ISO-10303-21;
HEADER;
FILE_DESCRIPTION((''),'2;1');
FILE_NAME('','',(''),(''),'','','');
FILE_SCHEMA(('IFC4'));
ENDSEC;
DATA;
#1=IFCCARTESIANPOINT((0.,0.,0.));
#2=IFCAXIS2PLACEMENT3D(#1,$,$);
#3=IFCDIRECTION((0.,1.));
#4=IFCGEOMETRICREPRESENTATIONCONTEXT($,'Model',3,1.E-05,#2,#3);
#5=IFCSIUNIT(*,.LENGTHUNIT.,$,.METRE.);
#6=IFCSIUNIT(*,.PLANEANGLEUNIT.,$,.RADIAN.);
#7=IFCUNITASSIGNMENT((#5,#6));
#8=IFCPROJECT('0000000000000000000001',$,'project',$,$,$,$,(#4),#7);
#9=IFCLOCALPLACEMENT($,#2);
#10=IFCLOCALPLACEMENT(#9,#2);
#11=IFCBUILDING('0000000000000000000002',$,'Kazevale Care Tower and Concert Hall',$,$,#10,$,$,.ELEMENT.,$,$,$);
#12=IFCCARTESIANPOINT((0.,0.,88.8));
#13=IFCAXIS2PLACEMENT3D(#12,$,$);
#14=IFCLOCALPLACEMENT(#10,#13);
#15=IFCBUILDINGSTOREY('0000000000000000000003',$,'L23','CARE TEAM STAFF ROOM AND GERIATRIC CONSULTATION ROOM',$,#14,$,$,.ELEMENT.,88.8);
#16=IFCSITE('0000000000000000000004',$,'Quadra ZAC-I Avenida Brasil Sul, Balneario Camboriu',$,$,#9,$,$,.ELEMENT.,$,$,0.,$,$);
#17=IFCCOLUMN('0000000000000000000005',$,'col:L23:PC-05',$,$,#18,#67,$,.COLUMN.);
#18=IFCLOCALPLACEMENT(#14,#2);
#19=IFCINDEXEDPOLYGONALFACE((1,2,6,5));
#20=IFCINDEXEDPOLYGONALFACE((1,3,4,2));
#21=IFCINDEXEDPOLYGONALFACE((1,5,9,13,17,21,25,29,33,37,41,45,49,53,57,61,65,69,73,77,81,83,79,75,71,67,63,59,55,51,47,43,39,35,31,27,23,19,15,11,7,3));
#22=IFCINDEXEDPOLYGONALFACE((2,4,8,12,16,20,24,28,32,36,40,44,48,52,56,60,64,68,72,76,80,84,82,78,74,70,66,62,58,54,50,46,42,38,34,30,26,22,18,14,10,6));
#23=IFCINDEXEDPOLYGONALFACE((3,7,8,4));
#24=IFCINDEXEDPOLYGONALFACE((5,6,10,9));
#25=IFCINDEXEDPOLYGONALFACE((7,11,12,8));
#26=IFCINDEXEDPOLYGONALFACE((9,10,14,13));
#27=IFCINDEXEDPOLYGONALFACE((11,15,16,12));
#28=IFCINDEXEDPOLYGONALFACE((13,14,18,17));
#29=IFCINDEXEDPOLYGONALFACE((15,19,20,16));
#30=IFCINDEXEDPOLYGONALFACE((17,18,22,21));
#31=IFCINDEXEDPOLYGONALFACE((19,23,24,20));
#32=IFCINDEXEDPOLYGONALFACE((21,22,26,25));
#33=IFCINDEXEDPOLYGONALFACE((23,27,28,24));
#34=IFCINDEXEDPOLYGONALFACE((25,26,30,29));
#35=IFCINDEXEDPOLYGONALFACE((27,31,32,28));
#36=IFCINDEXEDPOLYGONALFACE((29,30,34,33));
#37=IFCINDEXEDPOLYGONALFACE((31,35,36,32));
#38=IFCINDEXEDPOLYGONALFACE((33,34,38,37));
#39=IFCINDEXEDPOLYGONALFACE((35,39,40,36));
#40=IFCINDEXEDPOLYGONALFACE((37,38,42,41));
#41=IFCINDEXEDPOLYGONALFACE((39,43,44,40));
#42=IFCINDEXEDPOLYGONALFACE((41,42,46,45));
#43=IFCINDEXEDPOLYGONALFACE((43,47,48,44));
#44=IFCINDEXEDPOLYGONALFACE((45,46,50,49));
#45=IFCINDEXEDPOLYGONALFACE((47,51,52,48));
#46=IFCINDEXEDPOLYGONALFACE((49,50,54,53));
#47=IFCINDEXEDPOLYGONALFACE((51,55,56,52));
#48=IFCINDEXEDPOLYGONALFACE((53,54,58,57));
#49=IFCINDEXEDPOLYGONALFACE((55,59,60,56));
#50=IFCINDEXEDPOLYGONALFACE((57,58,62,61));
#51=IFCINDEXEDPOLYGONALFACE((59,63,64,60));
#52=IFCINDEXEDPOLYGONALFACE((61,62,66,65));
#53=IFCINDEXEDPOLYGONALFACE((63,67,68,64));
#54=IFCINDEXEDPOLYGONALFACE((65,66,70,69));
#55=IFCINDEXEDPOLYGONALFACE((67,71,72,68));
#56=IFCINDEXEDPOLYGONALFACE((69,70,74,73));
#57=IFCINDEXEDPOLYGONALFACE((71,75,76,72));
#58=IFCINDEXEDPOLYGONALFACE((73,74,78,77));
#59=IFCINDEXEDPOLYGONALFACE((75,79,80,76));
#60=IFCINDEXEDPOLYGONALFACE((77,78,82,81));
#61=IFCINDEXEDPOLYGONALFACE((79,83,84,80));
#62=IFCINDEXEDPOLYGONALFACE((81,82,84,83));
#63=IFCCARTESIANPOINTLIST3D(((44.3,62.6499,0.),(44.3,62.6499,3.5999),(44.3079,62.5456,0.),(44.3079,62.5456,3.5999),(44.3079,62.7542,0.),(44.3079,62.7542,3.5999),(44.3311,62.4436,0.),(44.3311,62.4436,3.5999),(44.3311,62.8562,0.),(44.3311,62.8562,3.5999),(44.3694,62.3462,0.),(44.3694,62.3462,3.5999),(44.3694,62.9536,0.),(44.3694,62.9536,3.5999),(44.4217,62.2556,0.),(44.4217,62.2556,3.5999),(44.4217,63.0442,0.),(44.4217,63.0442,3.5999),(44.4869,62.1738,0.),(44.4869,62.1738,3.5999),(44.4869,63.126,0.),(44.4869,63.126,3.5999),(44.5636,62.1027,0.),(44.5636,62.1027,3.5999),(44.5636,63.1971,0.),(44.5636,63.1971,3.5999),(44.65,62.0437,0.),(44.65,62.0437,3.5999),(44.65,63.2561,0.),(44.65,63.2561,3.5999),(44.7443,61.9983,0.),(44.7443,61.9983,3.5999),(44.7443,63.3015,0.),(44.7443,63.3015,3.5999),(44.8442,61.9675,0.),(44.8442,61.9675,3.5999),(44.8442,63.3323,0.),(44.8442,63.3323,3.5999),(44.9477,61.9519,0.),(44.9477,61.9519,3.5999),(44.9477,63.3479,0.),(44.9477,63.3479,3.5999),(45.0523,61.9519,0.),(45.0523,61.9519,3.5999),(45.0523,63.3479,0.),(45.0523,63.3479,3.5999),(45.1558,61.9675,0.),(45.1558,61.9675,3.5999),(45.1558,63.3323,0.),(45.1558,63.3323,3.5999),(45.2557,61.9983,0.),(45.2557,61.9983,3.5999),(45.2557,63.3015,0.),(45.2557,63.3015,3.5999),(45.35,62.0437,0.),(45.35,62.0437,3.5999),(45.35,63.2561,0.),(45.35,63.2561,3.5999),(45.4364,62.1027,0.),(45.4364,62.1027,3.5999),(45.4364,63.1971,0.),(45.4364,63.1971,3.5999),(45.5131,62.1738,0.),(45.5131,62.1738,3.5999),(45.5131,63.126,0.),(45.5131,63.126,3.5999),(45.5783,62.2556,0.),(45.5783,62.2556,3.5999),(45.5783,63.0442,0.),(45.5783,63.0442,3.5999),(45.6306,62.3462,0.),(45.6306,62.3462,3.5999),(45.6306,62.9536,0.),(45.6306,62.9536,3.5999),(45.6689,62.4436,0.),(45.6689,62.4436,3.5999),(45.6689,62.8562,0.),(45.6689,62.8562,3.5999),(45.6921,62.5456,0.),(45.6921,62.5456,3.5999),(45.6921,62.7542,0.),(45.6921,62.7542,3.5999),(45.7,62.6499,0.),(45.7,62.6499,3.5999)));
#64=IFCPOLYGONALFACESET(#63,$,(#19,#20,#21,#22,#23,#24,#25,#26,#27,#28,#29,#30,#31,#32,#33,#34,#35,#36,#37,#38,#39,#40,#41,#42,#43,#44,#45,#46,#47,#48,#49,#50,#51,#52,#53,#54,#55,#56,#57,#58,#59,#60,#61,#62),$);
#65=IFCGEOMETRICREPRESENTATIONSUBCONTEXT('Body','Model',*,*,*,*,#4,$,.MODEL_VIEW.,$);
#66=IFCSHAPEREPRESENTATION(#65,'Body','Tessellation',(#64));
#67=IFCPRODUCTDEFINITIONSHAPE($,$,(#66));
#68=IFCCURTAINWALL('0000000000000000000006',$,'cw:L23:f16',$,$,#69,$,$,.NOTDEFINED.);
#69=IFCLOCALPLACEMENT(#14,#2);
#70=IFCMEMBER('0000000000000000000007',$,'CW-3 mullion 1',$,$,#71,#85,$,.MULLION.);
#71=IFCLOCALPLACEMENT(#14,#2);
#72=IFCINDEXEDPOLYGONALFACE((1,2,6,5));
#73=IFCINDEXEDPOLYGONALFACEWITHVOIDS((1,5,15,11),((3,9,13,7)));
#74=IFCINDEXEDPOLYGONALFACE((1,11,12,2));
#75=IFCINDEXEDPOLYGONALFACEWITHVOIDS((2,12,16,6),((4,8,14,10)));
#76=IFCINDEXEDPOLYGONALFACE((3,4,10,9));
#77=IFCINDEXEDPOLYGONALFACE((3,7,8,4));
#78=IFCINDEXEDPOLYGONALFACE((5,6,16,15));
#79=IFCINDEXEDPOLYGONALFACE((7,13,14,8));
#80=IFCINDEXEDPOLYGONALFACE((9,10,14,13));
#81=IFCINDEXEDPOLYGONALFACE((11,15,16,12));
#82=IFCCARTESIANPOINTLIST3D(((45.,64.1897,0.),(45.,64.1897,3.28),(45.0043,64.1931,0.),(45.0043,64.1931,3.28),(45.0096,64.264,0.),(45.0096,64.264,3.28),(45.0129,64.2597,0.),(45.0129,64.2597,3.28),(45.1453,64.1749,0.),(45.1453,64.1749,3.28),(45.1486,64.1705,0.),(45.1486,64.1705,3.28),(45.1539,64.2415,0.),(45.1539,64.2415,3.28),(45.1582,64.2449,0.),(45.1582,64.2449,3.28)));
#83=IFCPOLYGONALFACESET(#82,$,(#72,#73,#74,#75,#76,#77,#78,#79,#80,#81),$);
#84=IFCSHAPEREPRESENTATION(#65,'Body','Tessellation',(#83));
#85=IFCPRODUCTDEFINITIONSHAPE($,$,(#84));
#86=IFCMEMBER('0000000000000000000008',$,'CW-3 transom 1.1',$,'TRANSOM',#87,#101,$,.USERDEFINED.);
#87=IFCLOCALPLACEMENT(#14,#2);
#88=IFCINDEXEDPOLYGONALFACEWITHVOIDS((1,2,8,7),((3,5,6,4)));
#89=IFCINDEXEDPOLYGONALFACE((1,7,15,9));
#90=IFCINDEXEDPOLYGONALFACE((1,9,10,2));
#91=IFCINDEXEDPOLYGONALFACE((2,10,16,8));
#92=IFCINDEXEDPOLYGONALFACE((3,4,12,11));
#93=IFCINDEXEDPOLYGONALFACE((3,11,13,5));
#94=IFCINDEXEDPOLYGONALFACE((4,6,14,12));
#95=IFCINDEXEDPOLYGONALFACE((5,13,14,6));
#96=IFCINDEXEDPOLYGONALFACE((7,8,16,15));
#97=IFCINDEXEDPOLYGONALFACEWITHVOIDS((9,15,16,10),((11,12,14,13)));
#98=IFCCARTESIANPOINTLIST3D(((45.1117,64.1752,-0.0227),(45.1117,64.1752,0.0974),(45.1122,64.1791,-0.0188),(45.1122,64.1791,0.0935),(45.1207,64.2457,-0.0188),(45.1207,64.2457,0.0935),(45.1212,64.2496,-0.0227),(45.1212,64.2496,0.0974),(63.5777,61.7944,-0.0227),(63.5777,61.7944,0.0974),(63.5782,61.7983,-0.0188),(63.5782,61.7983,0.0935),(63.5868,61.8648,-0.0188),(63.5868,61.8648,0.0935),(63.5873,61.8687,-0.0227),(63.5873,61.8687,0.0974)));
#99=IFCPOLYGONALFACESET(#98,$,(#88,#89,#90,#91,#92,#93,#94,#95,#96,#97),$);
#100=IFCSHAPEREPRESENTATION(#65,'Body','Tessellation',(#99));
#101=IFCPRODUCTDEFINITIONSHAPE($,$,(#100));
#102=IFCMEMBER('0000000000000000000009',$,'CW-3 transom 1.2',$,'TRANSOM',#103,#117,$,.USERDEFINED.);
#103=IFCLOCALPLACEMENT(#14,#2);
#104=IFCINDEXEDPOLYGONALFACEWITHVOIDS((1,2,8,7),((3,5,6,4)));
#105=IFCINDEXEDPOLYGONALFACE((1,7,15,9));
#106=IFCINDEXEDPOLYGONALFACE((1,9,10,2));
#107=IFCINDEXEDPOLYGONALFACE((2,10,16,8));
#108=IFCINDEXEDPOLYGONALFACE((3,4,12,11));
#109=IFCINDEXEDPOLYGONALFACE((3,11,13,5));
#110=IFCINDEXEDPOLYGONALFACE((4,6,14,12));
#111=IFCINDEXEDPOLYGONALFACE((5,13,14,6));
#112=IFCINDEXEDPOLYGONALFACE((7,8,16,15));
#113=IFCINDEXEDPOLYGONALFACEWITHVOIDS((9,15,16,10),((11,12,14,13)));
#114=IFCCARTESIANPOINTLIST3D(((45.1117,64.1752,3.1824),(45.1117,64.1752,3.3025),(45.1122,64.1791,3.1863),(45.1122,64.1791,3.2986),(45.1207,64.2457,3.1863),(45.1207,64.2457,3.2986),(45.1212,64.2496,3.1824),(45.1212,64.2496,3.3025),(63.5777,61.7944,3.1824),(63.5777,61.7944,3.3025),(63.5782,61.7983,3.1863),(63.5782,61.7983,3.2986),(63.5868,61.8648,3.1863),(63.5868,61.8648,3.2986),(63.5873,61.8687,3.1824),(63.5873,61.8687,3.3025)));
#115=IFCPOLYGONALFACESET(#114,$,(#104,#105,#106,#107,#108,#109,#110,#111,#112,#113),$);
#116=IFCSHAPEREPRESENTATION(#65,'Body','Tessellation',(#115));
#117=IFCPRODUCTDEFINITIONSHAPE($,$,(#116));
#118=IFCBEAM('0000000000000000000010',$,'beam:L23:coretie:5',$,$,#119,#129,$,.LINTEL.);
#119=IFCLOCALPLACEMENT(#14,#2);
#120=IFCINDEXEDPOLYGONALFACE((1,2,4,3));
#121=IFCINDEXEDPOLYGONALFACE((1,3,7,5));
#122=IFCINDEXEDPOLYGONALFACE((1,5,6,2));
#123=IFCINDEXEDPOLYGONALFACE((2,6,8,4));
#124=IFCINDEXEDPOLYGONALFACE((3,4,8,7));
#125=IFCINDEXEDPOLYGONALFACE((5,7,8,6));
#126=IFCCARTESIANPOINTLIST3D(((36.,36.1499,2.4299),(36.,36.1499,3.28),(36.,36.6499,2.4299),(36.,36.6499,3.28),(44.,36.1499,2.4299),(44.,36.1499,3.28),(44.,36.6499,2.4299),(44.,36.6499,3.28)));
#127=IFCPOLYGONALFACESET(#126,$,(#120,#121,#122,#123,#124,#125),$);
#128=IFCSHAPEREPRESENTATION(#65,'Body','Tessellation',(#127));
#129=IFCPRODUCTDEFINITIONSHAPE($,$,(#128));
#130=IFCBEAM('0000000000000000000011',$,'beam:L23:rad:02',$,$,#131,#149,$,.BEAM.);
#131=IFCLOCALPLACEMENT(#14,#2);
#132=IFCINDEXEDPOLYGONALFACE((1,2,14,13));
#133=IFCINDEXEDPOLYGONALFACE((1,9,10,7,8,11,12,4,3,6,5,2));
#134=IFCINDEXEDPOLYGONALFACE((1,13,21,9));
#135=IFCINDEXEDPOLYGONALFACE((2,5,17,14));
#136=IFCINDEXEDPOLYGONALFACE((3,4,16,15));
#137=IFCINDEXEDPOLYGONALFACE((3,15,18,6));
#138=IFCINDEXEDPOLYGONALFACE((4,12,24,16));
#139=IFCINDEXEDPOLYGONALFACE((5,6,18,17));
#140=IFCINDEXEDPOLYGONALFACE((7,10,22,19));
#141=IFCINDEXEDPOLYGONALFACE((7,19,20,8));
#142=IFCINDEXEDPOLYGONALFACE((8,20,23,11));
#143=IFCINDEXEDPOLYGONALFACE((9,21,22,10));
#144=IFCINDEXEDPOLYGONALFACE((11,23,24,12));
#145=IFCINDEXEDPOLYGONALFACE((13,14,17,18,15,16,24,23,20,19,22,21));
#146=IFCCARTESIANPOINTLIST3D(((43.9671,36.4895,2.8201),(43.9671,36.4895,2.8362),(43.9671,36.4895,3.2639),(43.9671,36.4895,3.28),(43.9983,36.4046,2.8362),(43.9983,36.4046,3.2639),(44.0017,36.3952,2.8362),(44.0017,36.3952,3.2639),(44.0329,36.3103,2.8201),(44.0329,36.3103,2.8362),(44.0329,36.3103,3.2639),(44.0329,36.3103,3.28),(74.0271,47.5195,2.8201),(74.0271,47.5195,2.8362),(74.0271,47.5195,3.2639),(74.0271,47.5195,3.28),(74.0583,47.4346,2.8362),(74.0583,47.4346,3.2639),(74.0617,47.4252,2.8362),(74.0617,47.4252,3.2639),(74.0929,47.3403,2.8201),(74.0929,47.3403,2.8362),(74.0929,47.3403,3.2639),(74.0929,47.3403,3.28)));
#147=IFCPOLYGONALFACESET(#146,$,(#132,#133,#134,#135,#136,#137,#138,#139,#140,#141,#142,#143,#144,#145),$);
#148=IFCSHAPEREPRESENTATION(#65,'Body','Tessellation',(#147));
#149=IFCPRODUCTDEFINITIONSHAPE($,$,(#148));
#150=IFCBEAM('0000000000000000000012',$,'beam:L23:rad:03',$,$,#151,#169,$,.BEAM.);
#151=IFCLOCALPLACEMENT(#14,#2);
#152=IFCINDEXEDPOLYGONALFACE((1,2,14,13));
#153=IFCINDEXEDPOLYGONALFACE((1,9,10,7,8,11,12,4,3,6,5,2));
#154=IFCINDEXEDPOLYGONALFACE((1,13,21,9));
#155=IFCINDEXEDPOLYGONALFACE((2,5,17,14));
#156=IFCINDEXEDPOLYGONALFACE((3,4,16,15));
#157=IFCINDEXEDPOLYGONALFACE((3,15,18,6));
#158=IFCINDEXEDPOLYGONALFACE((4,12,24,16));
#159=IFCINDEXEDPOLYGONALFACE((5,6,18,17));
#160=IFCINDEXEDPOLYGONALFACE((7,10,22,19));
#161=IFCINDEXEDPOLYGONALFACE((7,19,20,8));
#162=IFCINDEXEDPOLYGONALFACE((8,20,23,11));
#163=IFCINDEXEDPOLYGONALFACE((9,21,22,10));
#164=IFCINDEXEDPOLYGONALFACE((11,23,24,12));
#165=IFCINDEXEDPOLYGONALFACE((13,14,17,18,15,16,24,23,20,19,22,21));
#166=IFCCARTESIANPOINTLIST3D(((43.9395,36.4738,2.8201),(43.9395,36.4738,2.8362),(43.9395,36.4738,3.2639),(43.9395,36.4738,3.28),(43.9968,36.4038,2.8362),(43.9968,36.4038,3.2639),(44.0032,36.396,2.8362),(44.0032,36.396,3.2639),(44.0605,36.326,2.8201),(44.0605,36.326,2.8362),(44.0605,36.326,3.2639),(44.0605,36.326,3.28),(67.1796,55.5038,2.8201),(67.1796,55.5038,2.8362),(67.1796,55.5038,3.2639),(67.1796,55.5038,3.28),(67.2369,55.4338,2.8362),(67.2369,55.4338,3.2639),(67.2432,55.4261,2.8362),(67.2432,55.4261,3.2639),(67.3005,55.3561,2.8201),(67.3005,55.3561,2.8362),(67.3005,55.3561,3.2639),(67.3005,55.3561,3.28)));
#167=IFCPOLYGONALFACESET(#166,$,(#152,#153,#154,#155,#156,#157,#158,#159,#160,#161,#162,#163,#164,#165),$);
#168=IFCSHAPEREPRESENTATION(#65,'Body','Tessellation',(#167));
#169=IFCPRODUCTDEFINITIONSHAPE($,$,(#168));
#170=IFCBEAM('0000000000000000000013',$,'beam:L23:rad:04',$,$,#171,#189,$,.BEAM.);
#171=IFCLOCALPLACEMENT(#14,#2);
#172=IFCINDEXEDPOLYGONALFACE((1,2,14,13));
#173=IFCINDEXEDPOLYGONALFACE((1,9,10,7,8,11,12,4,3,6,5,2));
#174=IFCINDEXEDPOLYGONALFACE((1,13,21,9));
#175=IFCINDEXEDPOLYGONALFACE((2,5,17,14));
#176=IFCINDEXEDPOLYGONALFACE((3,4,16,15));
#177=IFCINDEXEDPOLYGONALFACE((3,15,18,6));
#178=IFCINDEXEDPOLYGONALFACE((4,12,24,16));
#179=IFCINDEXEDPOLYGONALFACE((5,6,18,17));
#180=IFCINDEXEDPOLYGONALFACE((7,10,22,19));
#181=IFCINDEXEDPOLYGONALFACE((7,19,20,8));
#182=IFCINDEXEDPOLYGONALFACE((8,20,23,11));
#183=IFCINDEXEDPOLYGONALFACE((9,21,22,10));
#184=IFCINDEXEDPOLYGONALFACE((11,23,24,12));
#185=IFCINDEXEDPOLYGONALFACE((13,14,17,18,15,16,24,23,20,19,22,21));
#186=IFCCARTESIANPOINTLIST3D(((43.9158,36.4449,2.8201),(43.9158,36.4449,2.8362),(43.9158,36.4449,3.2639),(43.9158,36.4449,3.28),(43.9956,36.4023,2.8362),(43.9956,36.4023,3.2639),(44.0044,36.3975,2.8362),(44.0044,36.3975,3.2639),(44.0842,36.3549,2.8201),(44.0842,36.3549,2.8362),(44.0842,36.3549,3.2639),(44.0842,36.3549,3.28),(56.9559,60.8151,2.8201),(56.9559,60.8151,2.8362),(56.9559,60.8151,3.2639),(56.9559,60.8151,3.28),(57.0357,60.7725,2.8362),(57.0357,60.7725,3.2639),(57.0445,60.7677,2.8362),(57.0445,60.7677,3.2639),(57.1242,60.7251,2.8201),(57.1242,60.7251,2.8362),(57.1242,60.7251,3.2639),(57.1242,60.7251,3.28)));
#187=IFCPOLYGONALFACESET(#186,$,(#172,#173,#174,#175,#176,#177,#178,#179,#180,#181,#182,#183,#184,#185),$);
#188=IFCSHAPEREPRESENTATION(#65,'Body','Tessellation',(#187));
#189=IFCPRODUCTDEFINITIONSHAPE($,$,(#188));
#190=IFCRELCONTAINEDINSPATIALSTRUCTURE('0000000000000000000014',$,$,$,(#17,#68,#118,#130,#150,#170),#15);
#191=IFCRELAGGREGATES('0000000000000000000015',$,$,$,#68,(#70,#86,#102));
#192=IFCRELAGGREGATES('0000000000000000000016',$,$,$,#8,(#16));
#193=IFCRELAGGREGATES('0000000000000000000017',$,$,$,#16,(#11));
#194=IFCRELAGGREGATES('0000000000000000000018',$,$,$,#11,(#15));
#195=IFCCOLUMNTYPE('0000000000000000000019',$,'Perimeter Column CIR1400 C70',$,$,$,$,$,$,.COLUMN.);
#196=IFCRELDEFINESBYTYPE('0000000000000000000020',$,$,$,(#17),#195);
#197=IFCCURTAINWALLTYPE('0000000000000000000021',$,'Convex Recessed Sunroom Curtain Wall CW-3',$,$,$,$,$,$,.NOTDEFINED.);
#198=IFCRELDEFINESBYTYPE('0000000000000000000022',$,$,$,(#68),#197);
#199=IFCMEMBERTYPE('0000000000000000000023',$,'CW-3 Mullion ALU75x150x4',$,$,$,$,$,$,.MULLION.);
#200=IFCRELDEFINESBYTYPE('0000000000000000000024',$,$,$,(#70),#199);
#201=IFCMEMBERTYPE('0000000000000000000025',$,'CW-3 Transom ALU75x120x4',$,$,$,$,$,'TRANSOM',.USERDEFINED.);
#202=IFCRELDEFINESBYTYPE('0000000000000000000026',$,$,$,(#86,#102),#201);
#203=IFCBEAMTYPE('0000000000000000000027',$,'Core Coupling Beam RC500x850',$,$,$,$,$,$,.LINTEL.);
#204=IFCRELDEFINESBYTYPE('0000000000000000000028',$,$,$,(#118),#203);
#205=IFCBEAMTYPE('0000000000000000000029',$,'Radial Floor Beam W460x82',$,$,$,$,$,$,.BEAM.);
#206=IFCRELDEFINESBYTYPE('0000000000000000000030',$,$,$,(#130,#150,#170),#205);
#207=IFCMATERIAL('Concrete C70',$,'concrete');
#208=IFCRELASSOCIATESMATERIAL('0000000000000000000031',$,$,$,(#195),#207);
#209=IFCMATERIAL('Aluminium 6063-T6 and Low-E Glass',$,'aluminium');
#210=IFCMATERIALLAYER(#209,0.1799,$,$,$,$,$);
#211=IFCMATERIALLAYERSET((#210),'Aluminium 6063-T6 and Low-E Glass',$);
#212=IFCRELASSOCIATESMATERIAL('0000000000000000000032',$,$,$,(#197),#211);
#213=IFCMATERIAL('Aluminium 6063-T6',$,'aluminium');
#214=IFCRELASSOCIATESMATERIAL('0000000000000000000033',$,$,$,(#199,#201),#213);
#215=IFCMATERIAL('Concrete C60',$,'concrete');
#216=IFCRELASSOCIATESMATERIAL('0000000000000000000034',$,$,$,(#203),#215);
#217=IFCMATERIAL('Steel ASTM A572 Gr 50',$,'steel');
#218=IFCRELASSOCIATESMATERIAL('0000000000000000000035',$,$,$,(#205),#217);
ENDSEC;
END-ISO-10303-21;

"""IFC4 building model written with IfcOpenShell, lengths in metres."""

from ifc_helpers import new_model, si_unit, direction, frame, origin, origin_2d, place, context, subcontext, project, spatial, rectangle, hollow_rectangle, circle, i_section, extrude, material, layer, layer_set, material_profile, profile_set, type_object, element, aggregate, save


model = new_model("IFC4")

# Units and contexts
model_context = context("Model", 3, precision=1e-05, world=origin(), true_north=direction((0.0, 1.0)))
body_context = subcontext(model_context, "Body", "Model", "MODEL_VIEW")
ifc_project = project(units=[si_unit("LENGTHUNIT", "METRE"), si_unit("PLANEANGLEUNIT", "RADIAN")], contexts=[model_context])

# Site, building, storey
site_placement = place(None, origin())
site = spatial("IfcSite", under=ifc_project, at=site_placement, Name="Quadra ZAC-I Avenida Brasil Sul, Balneario Camboriu", CompositionType="ELEMENT", RefElevation=0.0)
building_placement = place(site_placement, origin())
building = spatial("IfcBuilding", under=site, at=building_placement, Name="Kazevale Care Tower and Concert Hall", CompositionType="ELEMENT")
storey_placement = place(building_placement, frame((0.0, 0.0, 88.8)))
storey = spatial("IfcBuildingStorey", under=building, at=storey_placement, Name="L23", Description="CARE TEAM STAFF ROOM AND GERIATRIC CONSULTATION ROOM", CompositionType="ELEMENT", Elevation=88.8)

# Column
ifc_material_1 = material(Name="Concrete C70", Category="concrete")
ifc_material_profile_1 = material_profile(ifc_material_1, circle(Radius=0.7, at=origin_2d()), Name="RC-CIR1400")
ifc_profile_set_1 = profile_set([ifc_material_profile_1], Name="Concrete C70")
column_type = type_object("IfcColumnType", Name="Perimeter Column CIR1400 C70", PredefinedType="COLUMN", material=ifc_profile_set_1)
column_placement = place(storey_placement, frame((45.0, 62.6499, 0.0), z_axis=(0.0, 0.0, 1.0), x_axis=(1.0, 0.0, 0.0)))
element("IfcColumn", 1, at=column_placement, inside=storey, type_object=column_type, Name="col:L23:PC-05", PredefinedType="COLUMN", context=body_context, shape_type="SweptSolid", body=[
    extrude(circle(Radius=0.7, at=origin_2d()), origin(), (0.0, 0.0, 1.0), 3.5999),
])

# Curtain wall, members
ifc_material_2 = material(Name="Aluminium 6063-T6 and Low-E Glass", Category="aluminium")
ifc_layer_1 = layer(ifc_material_2, 0.1799)
ifc_layer_set_1 = layer_set([ifc_layer_1], Name="Aluminium 6063-T6 and Low-E Glass")
curtain_wall_type = type_object("IfcCurtainWallType", Name="Convex Recessed Sunroom Curtain Wall CW-3", PredefinedType="NOTDEFINED", material=ifc_layer_set_1)
curtain_wall_placement = place(storey_placement, origin())
curtain_wall = element("IfcCurtainWall", 2, at=curtain_wall_placement, inside=storey, type_object=curtain_wall_type, Name="cw:L23:f16", PredefinedType="NOTDEFINED")
ifc_material_3 = material(Name="Aluminium 6063-T6", Category="aluminium")
ifc_material_profile_2 = material_profile(ifc_material_3, hollow_rectangle(XDim=0.075, YDim=0.1499, WallThickness=0.0039, at=origin_2d()), Name="ALU75x150x4")
ifc_profile_set_2 = profile_set([ifc_material_profile_2], Name="Aluminium 6063-T6")
member_type_1 = type_object("IfcMemberType", Name="CW-3 Mullion ALU75x150x4", PredefinedType="MULLION", material=ifc_profile_set_2)
member_1_placement = place(storey_placement, frame((45.0791, 64.2173, 0.0), z_axis=(0.0, 0.0, 1.0), x_axis=(0.12787, 0.991791, 0.0)))
member_1 = element("IfcMember", 3, at=member_1_placement, type_object=member_type_1, Name="CW-3 mullion 1", PredefinedType="MULLION", context=body_context, shape_type="SweptSolid", body=[
    extrude(hollow_rectangle(XDim=0.075, YDim=0.1499, WallThickness=0.0039, at=origin_2d()), origin(), (0.0, 0.0, 1.0), 3.28),
])
ifc_material_profile_3 = material_profile(ifc_material_3, hollow_rectangle(XDim=0.075, YDim=0.1201, WallThickness=0.0039, at=origin_2d()), Name="ALU75x120x4")
ifc_profile_set_3 = profile_set([ifc_material_profile_3], Name="Aluminium 6063-T6")
member_type_2 = type_object("IfcMemberType", Name="CW-3 Transom ALU75x120x4", ElementType="TRANSOM", PredefinedType="USERDEFINED", material=ifc_profile_set_3)
member_2_placement = place(storey_placement, frame((45.1165, 64.2124, 0.0374), z_axis=(0.991791, -0.127873, 0.0), x_axis=(0.127873, 0.991791, 0.0)))
member_2 = element("IfcMember", 4, at=member_2_placement, type_object=member_type_2, Name="CW-3 transom 1.1", ObjectType="TRANSOM", PredefinedType="USERDEFINED", context=body_context, shape_type="SweptSolid", body=[
    extrude(hollow_rectangle(XDim=0.075, YDim=0.1201, WallThickness=0.0039, at=origin_2d()), origin(), (0.0, 0.0, 1.0), 18.6189),
])
member_3_placement = place(storey_placement, frame((45.1165, 64.2124, 3.2424), z_axis=(0.991791, -0.127873, 0.0), x_axis=(0.127873, 0.991791, 0.0)))
member_3 = element("IfcMember", 5, at=member_3_placement, type_object=member_type_2, Name="CW-3 transom 1.2", ObjectType="TRANSOM", PredefinedType="USERDEFINED", context=body_context, shape_type="SweptSolid", body=[
    extrude(hollow_rectangle(XDim=0.075, YDim=0.1201, WallThickness=0.0039, at=origin_2d()), origin(), (0.0, 0.0, 1.0), 18.6189),
])
aggregate(curtain_wall, [member_1, member_2, member_3])

# Beams
ifc_material_4 = material(Name="Concrete C60", Category="concrete")
ifc_material_profile_4 = material_profile(ifc_material_4, rectangle(XDim=0.5, YDim=0.8501, at=origin_2d()), Name="RC-B500x850")
ifc_profile_set_4 = profile_set([ifc_material_profile_4], Name="Concrete C60")
beam_type_1 = type_object("IfcBeamType", Name="Core Coupling Beam RC500x850", PredefinedType="LINTEL", material=ifc_profile_set_4)
beam_1_placement = place(storey_placement, frame((44.0, 36.3999, 2.855), z_axis=(-1.0, 0.0, 0.0), x_axis=(0.0, -1.0, 0.0)))
element("IfcBeam", 6, at=beam_1_placement, inside=storey, type_object=beam_type_1, Name="beam:L23:coretie:5", PredefinedType="LINTEL", context=body_context, shape_type="SweptSolid", body=[
    extrude(rectangle(XDim=0.5, YDim=0.8501, at=origin_2d()), origin(), (0.0, 0.0, 1.0), 8.0),
])
ifc_material_5 = material(Name="Steel ASTM A572 Gr 50", Category="steel")
ifc_material_profile_5 = material_profile(ifc_material_5, i_section(OverallWidth=0.1909, OverallDepth=0.46, WebThickness=0.01, FlangeThickness=0.0161, at=origin_2d()), Name="W460x82")
ifc_profile_set_5 = profile_set([ifc_material_profile_5], Name="Steel ASTM A572 Gr 50")
beam_type_2 = type_object("IfcBeamType", Name="Radial Floor Beam W460x82", PredefinedType="BEAM", material=ifc_profile_set_5)
beam_2_placement = place(storey_placement, frame((44.0, 36.3999, 3.05), z_axis=(0.938795, 0.344475, 0.0), x_axis=(-0.344475, 0.938795, 0.0)))
element("IfcBeam", 7, at=beam_2_placement, inside=storey, type_object=beam_type_2, Name="beam:L23:rad:02", PredefinedType="BEAM", context=body_context, shape_type="SweptSolid", body=[
    extrude(i_section(OverallWidth=0.1909, OverallDepth=0.46, WebThickness=0.01, FlangeThickness=0.0161, at=origin_2d()), origin(), (0.0, 0.0, 1.0), 32.0198),
])
beam_3_placement = place(storey_placement, frame((44.0, 36.3999, 3.05), z_axis=(0.773704, 0.633547, 0.0), x_axis=(-0.633547, 0.773704, 0.0)))
element("IfcBeam", 8, at=beam_3_placement, inside=storey, type_object=beam_type_2, Name="beam:L23:rad:03", PredefinedType="BEAM", context=body_context, shape_type="SweptSolid", body=[
    extrude(i_section(OverallWidth=0.1909, OverallDepth=0.46, WebThickness=0.01, FlangeThickness=0.0161, at=origin_2d()), origin(), (0.0, 0.0, 1.0), 30.0374),
])
beam_4_placement = place(storey_placement, frame((44.0, 36.3999, 3.05), z_axis=(0.471789, 0.881712, 0.0), x_axis=(-0.881712, 0.471789, 0.0)))
element("IfcBeam", 9, at=beam_4_placement, inside=storey, type_object=beam_type_2, Name="beam:L23:rad:04", PredefinedType="BEAM", context=body_context, shape_type="SweptSolid", body=[
    extrude(i_section(OverallWidth=0.1909, OverallDepth=0.46, WebThickness=0.01, FlangeThickness=0.0161, at=origin_2d()), origin(), (0.0, 0.0, 1.0), 27.6396),
])

save(model, "model.ifc")
